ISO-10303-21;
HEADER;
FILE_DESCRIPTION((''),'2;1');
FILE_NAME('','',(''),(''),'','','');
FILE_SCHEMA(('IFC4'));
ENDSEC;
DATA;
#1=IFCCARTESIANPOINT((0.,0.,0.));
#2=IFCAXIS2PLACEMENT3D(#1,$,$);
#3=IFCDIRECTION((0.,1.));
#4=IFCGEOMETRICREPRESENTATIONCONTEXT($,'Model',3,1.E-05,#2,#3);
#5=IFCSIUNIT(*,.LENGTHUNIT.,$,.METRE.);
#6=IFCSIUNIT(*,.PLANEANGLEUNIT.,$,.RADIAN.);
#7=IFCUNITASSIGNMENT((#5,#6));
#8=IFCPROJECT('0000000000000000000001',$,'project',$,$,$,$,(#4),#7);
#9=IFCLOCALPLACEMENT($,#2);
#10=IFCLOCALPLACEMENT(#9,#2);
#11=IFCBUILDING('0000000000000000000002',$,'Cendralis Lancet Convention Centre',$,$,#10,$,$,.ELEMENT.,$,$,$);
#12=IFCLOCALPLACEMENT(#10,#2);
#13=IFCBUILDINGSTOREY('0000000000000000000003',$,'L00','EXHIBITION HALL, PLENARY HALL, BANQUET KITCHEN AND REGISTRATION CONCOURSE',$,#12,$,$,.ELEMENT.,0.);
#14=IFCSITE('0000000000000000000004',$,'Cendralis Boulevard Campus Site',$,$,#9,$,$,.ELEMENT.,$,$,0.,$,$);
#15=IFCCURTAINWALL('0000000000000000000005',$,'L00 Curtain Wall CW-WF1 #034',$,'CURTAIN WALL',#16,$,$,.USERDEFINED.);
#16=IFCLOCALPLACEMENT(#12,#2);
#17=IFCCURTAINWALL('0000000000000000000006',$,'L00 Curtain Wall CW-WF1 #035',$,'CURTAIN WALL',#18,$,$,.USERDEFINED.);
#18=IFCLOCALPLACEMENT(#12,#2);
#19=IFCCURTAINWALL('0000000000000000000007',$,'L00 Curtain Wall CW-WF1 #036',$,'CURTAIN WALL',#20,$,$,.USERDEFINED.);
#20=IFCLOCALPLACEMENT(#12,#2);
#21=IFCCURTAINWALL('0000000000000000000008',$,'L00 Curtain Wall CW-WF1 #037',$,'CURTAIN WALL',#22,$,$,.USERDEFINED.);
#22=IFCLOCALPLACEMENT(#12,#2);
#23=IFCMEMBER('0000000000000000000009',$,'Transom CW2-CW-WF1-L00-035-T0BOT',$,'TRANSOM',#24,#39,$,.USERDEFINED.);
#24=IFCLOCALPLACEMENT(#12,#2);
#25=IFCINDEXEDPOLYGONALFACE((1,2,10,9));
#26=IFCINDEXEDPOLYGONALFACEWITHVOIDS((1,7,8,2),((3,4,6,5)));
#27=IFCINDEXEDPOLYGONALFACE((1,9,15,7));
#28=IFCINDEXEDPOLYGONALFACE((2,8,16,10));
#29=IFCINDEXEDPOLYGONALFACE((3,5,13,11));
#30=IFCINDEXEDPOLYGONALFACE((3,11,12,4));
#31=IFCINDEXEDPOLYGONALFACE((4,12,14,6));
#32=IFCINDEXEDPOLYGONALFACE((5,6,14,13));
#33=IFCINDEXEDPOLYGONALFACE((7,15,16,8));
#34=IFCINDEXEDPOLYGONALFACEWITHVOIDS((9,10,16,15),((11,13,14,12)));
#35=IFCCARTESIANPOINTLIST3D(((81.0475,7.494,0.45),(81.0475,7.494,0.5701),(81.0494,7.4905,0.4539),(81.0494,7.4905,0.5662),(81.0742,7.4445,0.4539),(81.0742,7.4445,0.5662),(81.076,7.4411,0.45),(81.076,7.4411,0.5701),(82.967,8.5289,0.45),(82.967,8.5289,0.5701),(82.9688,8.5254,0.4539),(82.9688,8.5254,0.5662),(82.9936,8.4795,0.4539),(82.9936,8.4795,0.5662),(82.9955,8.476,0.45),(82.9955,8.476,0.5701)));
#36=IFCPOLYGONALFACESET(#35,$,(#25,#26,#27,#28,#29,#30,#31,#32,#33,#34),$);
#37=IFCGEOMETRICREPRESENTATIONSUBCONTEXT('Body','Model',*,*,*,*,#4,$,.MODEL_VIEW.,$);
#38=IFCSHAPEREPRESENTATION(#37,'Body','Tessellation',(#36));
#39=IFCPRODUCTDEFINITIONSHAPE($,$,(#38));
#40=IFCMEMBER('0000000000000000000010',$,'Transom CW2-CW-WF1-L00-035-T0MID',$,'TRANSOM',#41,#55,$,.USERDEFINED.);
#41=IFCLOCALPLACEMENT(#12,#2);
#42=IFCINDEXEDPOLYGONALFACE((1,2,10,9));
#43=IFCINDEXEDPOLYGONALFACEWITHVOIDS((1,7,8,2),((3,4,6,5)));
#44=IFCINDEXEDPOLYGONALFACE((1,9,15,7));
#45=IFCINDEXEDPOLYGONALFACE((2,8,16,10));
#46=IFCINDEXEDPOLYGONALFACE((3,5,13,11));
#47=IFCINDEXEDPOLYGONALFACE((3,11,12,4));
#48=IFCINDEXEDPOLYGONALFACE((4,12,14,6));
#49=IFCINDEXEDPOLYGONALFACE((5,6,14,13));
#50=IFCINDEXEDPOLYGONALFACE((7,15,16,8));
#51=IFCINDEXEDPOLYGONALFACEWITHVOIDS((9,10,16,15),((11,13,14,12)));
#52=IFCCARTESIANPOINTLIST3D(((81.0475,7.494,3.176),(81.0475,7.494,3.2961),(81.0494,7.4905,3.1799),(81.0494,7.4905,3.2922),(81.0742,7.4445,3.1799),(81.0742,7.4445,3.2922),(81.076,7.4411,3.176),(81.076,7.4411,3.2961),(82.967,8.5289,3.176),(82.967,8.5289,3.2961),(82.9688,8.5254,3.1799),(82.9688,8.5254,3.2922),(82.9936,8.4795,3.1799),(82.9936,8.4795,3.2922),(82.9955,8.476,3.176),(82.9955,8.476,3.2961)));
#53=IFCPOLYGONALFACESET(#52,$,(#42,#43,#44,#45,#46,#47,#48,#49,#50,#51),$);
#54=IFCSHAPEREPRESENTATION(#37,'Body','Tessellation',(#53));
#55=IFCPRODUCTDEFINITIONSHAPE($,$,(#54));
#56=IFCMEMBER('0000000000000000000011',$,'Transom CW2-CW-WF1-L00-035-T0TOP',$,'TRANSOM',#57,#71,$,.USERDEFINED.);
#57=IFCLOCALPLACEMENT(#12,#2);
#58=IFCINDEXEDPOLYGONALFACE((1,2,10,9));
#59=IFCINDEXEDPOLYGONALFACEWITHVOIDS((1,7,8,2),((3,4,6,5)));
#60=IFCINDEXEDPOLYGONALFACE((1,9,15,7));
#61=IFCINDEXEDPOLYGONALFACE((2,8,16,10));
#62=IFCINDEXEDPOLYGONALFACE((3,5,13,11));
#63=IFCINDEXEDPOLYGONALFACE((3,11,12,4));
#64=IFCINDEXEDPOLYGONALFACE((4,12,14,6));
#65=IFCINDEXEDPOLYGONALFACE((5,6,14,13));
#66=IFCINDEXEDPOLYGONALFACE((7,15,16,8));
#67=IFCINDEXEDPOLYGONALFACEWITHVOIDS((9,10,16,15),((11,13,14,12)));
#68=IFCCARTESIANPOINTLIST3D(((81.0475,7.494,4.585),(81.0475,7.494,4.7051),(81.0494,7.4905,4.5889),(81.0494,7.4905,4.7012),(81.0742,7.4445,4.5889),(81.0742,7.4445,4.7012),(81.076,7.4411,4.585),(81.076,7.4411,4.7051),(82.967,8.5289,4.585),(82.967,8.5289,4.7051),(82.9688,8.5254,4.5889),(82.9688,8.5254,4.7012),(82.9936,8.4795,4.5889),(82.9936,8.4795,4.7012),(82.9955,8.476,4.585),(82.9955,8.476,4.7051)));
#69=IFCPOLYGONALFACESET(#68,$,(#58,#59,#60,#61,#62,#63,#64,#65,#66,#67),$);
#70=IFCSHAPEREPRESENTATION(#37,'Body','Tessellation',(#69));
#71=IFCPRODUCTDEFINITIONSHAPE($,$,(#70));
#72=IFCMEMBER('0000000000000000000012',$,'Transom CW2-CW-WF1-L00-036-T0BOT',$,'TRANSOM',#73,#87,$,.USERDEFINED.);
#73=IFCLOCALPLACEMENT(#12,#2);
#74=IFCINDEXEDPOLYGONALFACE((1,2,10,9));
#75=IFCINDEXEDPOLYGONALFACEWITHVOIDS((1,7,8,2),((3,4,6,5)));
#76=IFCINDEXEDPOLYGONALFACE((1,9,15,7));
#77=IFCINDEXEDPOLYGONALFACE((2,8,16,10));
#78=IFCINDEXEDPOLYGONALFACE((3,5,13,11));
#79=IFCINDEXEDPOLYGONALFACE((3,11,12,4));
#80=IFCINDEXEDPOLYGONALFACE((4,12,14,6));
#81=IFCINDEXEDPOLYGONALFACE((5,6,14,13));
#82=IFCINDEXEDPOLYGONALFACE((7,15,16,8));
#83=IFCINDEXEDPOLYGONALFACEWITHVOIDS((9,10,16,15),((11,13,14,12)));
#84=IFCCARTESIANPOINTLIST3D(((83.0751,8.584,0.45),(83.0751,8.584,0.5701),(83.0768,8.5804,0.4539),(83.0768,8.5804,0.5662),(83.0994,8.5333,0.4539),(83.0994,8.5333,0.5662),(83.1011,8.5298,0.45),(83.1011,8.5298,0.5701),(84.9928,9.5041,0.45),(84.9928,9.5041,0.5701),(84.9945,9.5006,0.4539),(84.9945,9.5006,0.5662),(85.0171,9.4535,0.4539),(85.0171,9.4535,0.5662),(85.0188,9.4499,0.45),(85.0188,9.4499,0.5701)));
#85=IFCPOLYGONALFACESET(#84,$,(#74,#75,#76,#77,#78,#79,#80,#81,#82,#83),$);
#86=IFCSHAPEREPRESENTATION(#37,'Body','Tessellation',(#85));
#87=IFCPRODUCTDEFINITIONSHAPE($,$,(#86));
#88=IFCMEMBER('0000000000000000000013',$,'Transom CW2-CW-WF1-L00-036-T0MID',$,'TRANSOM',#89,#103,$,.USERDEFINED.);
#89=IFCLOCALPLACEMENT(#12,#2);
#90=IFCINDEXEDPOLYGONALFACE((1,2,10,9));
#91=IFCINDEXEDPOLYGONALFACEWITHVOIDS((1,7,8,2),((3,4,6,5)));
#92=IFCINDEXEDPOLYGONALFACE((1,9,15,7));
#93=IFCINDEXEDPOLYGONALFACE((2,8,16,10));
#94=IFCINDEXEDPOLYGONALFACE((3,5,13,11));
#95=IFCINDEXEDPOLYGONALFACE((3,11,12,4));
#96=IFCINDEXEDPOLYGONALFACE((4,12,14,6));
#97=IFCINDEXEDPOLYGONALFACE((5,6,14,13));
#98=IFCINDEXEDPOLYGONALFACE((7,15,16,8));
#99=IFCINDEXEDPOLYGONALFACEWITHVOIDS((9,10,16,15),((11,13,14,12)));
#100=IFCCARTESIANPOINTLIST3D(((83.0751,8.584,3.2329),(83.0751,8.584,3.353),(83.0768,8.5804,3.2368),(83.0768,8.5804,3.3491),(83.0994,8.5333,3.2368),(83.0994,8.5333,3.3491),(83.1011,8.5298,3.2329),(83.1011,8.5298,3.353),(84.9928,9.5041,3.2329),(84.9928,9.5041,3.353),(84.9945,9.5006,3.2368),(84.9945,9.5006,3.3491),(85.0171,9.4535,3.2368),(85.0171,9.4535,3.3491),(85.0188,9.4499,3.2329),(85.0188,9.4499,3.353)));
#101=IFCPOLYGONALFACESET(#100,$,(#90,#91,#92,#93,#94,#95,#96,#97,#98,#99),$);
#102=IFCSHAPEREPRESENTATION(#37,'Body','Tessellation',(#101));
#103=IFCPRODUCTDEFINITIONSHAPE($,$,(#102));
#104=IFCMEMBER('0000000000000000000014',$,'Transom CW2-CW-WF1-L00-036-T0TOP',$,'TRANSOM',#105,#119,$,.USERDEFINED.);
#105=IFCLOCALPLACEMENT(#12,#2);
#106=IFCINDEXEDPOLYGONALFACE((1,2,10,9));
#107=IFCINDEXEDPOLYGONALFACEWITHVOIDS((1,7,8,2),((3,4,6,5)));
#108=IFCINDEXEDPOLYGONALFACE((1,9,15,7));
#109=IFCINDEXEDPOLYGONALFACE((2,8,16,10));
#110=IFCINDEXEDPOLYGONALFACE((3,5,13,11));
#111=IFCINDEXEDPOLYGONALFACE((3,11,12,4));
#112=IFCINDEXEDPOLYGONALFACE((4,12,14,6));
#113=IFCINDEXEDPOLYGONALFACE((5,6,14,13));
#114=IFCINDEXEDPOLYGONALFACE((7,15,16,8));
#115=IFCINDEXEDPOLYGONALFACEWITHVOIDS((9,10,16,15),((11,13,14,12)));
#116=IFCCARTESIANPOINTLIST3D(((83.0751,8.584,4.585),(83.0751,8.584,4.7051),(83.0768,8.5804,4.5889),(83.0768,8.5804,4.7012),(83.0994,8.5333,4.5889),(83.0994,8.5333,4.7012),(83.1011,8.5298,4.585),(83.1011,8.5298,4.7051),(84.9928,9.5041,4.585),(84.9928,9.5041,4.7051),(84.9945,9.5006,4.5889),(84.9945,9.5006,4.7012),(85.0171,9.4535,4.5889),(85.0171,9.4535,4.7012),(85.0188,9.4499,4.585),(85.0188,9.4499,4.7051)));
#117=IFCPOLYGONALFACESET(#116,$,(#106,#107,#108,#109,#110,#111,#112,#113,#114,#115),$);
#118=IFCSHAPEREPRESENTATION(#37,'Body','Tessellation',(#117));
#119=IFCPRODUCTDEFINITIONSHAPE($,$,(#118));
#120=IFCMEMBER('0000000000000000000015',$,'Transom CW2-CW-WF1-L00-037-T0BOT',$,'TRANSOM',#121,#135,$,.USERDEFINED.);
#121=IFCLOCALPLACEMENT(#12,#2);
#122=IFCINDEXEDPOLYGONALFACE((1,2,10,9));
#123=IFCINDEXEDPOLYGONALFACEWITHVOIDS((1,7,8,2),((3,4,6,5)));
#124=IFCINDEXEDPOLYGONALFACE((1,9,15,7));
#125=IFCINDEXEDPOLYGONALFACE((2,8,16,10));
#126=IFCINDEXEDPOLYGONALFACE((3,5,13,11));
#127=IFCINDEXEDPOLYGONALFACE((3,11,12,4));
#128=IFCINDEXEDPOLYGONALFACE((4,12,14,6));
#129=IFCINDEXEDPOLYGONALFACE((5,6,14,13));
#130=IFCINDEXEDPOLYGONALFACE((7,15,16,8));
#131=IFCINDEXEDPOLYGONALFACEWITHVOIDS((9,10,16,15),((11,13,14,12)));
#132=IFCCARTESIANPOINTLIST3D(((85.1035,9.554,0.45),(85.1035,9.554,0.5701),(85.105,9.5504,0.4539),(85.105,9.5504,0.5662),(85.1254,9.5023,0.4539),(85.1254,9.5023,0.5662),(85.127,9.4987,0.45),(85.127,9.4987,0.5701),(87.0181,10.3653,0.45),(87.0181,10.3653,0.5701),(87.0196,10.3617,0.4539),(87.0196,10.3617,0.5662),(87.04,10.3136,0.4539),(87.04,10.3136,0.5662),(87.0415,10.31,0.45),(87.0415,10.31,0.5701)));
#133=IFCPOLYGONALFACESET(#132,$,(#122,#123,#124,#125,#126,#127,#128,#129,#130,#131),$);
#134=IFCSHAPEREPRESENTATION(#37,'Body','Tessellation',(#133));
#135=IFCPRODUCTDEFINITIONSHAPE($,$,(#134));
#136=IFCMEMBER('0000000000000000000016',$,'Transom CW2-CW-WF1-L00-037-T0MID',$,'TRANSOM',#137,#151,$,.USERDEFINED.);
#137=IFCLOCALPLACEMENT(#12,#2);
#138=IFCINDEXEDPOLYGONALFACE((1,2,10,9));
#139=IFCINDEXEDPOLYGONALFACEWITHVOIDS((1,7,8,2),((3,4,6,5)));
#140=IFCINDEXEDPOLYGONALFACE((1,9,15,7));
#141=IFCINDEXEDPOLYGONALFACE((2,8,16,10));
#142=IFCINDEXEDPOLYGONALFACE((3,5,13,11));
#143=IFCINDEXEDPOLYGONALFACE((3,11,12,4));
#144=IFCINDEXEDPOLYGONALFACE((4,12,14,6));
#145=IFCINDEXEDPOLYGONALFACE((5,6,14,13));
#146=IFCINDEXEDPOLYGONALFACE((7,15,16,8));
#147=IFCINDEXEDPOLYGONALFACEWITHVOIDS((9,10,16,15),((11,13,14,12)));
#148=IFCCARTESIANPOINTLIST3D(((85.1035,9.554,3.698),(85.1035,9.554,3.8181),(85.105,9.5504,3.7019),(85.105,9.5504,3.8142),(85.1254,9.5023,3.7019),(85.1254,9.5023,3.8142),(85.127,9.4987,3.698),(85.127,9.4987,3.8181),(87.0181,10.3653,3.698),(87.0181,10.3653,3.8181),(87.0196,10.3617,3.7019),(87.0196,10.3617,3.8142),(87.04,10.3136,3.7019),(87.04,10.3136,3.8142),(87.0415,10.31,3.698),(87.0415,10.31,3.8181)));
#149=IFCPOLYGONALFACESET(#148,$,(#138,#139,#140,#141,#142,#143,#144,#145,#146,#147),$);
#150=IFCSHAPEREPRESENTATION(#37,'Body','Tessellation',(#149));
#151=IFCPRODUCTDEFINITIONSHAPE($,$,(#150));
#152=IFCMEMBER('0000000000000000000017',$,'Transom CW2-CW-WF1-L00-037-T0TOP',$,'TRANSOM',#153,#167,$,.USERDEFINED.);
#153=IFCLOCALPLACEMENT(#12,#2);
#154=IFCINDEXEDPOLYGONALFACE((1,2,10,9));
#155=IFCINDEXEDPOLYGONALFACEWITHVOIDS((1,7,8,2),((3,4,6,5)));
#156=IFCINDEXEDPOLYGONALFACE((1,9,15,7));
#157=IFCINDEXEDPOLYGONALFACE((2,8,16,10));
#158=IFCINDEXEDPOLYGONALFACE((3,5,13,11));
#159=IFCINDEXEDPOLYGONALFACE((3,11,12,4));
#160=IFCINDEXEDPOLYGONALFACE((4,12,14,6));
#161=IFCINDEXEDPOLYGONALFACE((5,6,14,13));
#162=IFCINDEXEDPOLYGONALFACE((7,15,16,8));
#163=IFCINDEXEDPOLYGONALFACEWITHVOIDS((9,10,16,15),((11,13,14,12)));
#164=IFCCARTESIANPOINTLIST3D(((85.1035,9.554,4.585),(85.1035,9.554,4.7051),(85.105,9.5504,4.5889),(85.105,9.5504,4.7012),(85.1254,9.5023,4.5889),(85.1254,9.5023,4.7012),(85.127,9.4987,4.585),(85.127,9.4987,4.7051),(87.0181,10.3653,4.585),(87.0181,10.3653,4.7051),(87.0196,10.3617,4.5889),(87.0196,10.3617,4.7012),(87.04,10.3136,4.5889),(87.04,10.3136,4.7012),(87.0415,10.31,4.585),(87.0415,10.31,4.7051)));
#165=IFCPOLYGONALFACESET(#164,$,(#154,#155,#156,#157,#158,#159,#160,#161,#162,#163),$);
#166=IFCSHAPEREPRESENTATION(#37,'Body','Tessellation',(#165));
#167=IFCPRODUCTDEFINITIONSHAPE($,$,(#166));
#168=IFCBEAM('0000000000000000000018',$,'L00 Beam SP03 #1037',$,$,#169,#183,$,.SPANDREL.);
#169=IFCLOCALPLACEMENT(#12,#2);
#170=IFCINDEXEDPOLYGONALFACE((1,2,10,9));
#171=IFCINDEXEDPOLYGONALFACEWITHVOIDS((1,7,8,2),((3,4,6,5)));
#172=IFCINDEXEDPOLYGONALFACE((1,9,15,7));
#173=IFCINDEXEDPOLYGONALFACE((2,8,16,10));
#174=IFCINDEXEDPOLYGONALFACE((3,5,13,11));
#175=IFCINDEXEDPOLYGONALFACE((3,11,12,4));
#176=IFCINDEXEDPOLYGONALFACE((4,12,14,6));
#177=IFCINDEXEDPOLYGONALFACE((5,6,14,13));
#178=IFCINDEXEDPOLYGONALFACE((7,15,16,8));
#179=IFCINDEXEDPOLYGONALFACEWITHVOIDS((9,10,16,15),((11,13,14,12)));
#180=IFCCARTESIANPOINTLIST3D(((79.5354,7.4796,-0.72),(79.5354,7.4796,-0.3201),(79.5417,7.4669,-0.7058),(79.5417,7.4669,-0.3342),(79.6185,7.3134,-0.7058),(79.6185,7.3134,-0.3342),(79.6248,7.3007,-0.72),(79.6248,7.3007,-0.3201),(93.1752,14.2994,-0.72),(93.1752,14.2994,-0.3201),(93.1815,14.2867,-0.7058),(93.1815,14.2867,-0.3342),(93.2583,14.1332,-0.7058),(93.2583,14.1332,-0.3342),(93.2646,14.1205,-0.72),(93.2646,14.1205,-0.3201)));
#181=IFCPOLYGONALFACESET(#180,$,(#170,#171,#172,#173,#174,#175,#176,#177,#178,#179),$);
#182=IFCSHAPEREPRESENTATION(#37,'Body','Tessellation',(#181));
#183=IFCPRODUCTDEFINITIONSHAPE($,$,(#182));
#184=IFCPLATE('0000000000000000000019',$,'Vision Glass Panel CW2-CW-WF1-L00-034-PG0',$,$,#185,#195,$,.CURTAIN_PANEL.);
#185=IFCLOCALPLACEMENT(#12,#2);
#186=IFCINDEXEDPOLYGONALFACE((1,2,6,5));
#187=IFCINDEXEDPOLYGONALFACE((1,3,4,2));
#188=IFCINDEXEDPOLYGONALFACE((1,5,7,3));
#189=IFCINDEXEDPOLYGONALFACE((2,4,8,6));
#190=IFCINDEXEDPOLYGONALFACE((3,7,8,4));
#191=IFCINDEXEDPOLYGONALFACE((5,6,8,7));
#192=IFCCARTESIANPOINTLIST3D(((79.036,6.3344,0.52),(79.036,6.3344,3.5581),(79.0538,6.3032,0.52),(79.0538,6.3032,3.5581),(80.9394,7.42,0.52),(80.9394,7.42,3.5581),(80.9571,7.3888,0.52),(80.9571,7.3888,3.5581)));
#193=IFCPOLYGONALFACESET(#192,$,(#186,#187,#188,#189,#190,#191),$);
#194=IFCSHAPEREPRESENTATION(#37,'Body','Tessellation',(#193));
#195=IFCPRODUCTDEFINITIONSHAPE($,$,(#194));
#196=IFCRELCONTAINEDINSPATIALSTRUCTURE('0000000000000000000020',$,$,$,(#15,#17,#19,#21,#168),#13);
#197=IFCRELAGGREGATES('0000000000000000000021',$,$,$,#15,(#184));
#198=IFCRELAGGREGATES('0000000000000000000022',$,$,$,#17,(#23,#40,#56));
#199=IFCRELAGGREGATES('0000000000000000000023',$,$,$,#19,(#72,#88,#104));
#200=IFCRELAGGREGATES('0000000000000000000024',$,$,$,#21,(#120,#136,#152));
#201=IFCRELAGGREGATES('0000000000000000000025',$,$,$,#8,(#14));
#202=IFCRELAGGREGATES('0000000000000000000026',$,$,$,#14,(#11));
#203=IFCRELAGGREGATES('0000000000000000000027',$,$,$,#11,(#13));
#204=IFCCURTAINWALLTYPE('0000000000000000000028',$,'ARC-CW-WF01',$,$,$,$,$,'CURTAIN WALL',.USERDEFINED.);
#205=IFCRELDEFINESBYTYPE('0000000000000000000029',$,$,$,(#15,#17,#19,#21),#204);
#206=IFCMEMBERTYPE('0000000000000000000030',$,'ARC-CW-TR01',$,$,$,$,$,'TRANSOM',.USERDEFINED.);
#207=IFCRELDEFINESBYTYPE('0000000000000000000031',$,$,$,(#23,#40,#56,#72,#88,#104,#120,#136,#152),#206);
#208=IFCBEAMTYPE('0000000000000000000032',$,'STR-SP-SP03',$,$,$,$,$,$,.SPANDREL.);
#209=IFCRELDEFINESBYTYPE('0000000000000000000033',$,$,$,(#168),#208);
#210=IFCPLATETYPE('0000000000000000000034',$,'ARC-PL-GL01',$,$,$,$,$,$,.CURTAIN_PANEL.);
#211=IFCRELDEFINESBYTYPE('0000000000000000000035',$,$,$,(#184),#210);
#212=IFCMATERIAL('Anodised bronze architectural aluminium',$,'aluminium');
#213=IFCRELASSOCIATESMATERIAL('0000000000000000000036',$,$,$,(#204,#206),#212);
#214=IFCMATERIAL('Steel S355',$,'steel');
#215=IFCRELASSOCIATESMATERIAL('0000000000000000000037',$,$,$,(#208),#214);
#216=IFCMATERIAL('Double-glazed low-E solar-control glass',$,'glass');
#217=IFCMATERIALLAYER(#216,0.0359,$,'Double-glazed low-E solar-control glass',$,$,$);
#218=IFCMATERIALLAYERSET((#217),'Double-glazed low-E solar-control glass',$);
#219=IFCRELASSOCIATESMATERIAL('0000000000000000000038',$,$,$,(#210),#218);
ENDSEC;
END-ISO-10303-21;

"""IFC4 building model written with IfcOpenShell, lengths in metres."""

from ifc_helpers import new_model, si_unit, direction, frame, origin, origin_2d, place, context, subcontext, project, spatial, rectangle, hollow_rectangle, extrude, material, layer, layer_set, material_profile, profile_set, type_object, element, aggregate, save


model = new_model("IFC4")

# Units and contexts
model_context = context("Model", 3, precision=1e-05, world=origin(), true_north=direction((0.0, 1.0)))
body_context = subcontext(model_context, "Body", "Model", "MODEL_VIEW")
ifc_project = project(units=[si_unit("LENGTHUNIT", "METRE"), si_unit("PLANEANGLEUNIT", "RADIAN")], contexts=[model_context])

# Site, building, storey
site_placement = place(None, origin())
site = spatial("IfcSite", under=ifc_project, at=site_placement, Name="Cendralis Boulevard Campus Site", CompositionType="ELEMENT", RefElevation=0.0)
building_placement = place(site_placement, origin())
building = spatial("IfcBuilding", under=site, at=building_placement, Name="Cendralis Lancet Convention Centre", CompositionType="ELEMENT")
storey_placement = place(building_placement, origin())
storey = spatial("IfcBuildingStorey", under=building, at=storey_placement, Name="L00", Description="EXHIBITION HALL, PLENARY HALL, BANQUET KITCHEN AND REGISTRATION CONCOURSE", CompositionType="ELEMENT", Elevation=0.0)

# Curtain wall
ifc_material_1 = material(Name="Anodised bronze architectural aluminium", Category="aluminium")
curtain_wall_type = type_object("IfcCurtainWallType", Name="ARC-CW-WF01", ElementType="CURTAIN WALL", PredefinedType="USERDEFINED", material=ifc_material_1)
curtain_wall_1_placement = place(storey_placement, origin())
curtain_wall_1 = element("IfcCurtainWall", 1, at=curtain_wall_1_placement, inside=storey, type_object=curtain_wall_type, Name="L00 Curtain Wall CW-WF1 #034", ObjectType="CURTAIN WALL", PredefinedType="USERDEFINED")

# Curtain walls
curtain_wall_2_placement = place(storey_placement, origin())
curtain_wall_2 = element("IfcCurtainWall", 2, at=curtain_wall_2_placement, inside=storey, type_object=curtain_wall_type, Name="L00 Curtain Wall CW-WF1 #035", ObjectType="CURTAIN WALL", PredefinedType="USERDEFINED")
curtain_wall_3_placement = place(storey_placement, origin())
curtain_wall_3 = element("IfcCurtainWall", 3, at=curtain_wall_3_placement, inside=storey, type_object=curtain_wall_type, Name="L00 Curtain Wall CW-WF1 #036", ObjectType="CURTAIN WALL", PredefinedType="USERDEFINED")

# Curtain wall
curtain_wall_4_placement = place(storey_placement, origin())
curtain_wall_4 = element("IfcCurtainWall", 4, at=curtain_wall_4_placement, inside=storey, type_object=curtain_wall_type, Name="L00 Curtain Wall CW-WF1 #037", ObjectType="CURTAIN WALL", PredefinedType="USERDEFINED")

# Members
ifc_material_profile_1 = material_profile(ifc_material_1, hollow_rectangle(XDim=0.0601, YDim=0.1201, WallThickness=0.0039, at=origin_2d()), Name="AL-TRAN 60x120x4.0")
ifc_profile_set_1 = profile_set([ifc_material_profile_1], Name="Anodised bronze architectural aluminium")
member_type_1 = type_object("IfcMemberType", Name="ARC-CW-TR01", ElementType="TRANSOM", PredefinedType="USERDEFINED", material=ifc_profile_set_1)
member_1_placement = place(storey_placement, frame((81.0618, 7.4675, 0.51), z_axis=(0.880209, 0.474587, 0.0), x_axis=(-0.474587, 0.880209, 0.0)))
member_1 = element("IfcMember", 5, at=member_1_placement, type_object=member_type_1, Name="Transom CW2-CW-WF1-L00-035-T0BOT", ObjectType="TRANSOM", PredefinedType="USERDEFINED", context=body_context, shape_type="SweptSolid", body=[
    extrude(hollow_rectangle(XDim=0.0601, YDim=0.1201, WallThickness=0.0039, at=origin_2d()), origin(), (0.0, 0.0, 1.0), 2.1807),
])
member_2_placement = place(storey_placement, frame((81.0618, 7.4675, 3.2361), z_axis=(0.880209, 0.474587, 0.0), x_axis=(-0.474587, 0.880209, 0.0)))
member_2 = element("IfcMember", 6, at=member_2_placement, type_object=member_type_1, Name="Transom CW2-CW-WF1-L00-035-T0MID", ObjectType="TRANSOM", PredefinedType="USERDEFINED", context=body_context, shape_type="SweptSolid", body=[
    extrude(hollow_rectangle(XDim=0.0601, YDim=0.1201, WallThickness=0.0039, at=origin_2d()), origin(), (0.0, 0.0, 1.0), 2.1807),
])
member_3_placement = place(storey_placement, frame((81.0618, 7.4675, 4.645), z_axis=(0.880209, 0.474587, 0.0), x_axis=(-0.474587, 0.880209, 0.0)))
member_3 = element("IfcMember", 7, at=member_3_placement, type_object=member_type_1, Name="Transom CW2-CW-WF1-L00-035-T0TOP", ObjectType="TRANSOM", PredefinedType="USERDEFINED", context=body_context, shape_type="SweptSolid", body=[
    extrude(hollow_rectangle(XDim=0.0601, YDim=0.1201, WallThickness=0.0039, at=origin_2d()), origin(), (0.0, 0.0, 1.0), 2.1807),
])
member_4_placement = place(storey_placement, frame((83.0881, 8.5569, 0.51), z_axis=(0.901586, 0.4326, 0.0), x_axis=(-0.4326, 0.901586, 0.0)))
member_4 = element("IfcMember", 8, at=member_4_placement, type_object=member_type_1, Name="Transom CW2-CW-WF1-L00-036-T0BOT", ObjectType="TRANSOM", PredefinedType="USERDEFINED", context=body_context, shape_type="SweptSolid", body=[
    extrude(hollow_rectangle(XDim=0.0601, YDim=0.1201, WallThickness=0.0039, at=origin_2d()), origin(), (0.0, 0.0, 1.0), 2.127),
])
member_5_placement = place(storey_placement, frame((83.0881, 8.5569, 3.293), z_axis=(0.901586, 0.4326, 0.0), x_axis=(-0.4326, 0.901586, 0.0)))
member_5 = element("IfcMember", 9, at=member_5_placement, type_object=member_type_1, Name="Transom CW2-CW-WF1-L00-036-T0MID", ObjectType="TRANSOM", PredefinedType="USERDEFINED", context=body_context, shape_type="SweptSolid", body=[
    extrude(hollow_rectangle(XDim=0.0601, YDim=0.1201, WallThickness=0.0039, at=origin_2d()), origin(), (0.0, 0.0, 1.0), 2.127),
])
member_6_placement = place(storey_placement, frame((83.0881, 8.5569, 4.645), z_axis=(0.901586, 0.4326, 0.0), x_axis=(-0.4326, 0.901586, 0.0)))
member_6 = element("IfcMember", 10, at=member_6_placement, type_object=member_type_1, Name="Transom CW2-CW-WF1-L00-036-T0TOP", ObjectType="TRANSOM", PredefinedType="USERDEFINED", context=body_context, shape_type="SweptSolid", body=[
    extrude(hollow_rectangle(XDim=0.0601, YDim=0.1201, WallThickness=0.0039, at=origin_2d()), origin(), (0.0, 0.0, 1.0), 2.127),
])
member_7_placement = place(storey_placement, frame((85.1152, 9.5264, 0.51), z_axis=(0.920747, 0.390161, 0.0), x_axis=(-0.390161, 0.920747, 0.0)))
member_7 = element("IfcMember", 11, at=member_7_placement, type_object=member_type_1, Name="Transom CW2-CW-WF1-L00-037-T0BOT", ObjectType="TRANSOM", PredefinedType="USERDEFINED", context=body_context, shape_type="SweptSolid", body=[
    extrude(hollow_rectangle(XDim=0.0601, YDim=0.1201, WallThickness=0.0039, at=origin_2d()), origin(), (0.0, 0.0, 1.0), 2.0793),
])
member_8_placement = place(storey_placement, frame((85.1152, 9.5264, 3.7581), z_axis=(0.920747, 0.390161, 0.0), x_axis=(-0.390161, 0.920747, 0.0)))
member_8 = element("IfcMember", 12, at=member_8_placement, type_object=member_type_1, Name="Transom CW2-CW-WF1-L00-037-T0MID", ObjectType="TRANSOM", PredefinedType="USERDEFINED", context=body_context, shape_type="SweptSolid", body=[
    extrude(hollow_rectangle(XDim=0.0601, YDim=0.1201, WallThickness=0.0039, at=origin_2d()), origin(), (0.0, 0.0, 1.0), 2.0793),
])
member_9_placement = place(storey_placement, frame((85.1152, 9.5264, 4.645), z_axis=(0.920747, 0.390161, 0.0), x_axis=(-0.390161, 0.920747, 0.0)))
member_9 = element("IfcMember", 13, at=member_9_placement, type_object=member_type_1, Name="Transom CW2-CW-WF1-L00-037-T0TOP", ObjectType="TRANSOM", PredefinedType="USERDEFINED", context=body_context, shape_type="SweptSolid", body=[
    extrude(hollow_rectangle(XDim=0.0601, YDim=0.1201, WallThickness=0.0039, at=origin_2d()), origin(), (0.0, 0.0, 1.0), 2.0793),
])

# Beam
ifc_material_2 = material(Name="Steel S355", Category="steel")
ifc_material_profile_2 = material_profile(ifc_material_2, hollow_rectangle(XDim=0.2, YDim=0.3999, WallThickness=0.0142, at=origin_2d()), Name="RHS 400x200x14.2")
ifc_profile_set_2 = profile_set([ifc_material_profile_2], Name="Steel S355")
beam_type = type_object("IfcBeamType", Name="STR-SP-SP03", PredefinedType="SPANDREL", material=ifc_profile_set_2)
beam_placement = place(storey_placement, frame((79.5801, 7.3901, -0.52), z_axis=(0.89443, 0.447207, 0.0), x_axis=(-0.447207, 0.89443, 0.0)))
element("IfcBeam", 14, at=beam_placement, inside=storey, type_object=beam_type, Name="L00 Beam SP03 #1037", PredefinedType="SPANDREL", context=body_context, shape_type="SweptSolid", body=[
    extrude(hollow_rectangle(XDim=0.2, YDim=0.3999, WallThickness=0.0142, at=origin_2d()), origin(), (0.0, 0.0, 1.0), 15.2498),
])

# Plate
ifc_material_3 = material(Name="Double-glazed low-E solar-control glass", Category="glass")
ifc_layer_1 = layer(ifc_material_3, 0.0359, Name="Double-glazed low-E solar-control glass")
ifc_layer_set_1 = layer_set([ifc_layer_1], Name="Double-glazed low-E solar-control glass")
plate_type_1 = type_object("IfcPlateType", Name="ARC-PL-GL01", PredefinedType="CURTAIN_PANEL", material=ifc_layer_set_1)
plate_1_placement = place(storey_placement, frame((79.9966, 6.8616, 0.52), z_axis=(0.0, 0.0, 1.0), x_axis=(0.868639, 0.495446, 0.0)))
plate_1 = element("IfcPlate", 15, at=plate_1_placement, type_object=plate_type_1, Name="Vision Glass Panel CW2-CW-WF1-L00-034-PG0", PredefinedType="CURTAIN_PANEL", context=body_context, shape_type="SweptSolid", body=[
    extrude(rectangle(XDim=2.1912, YDim=0.0359, at=origin_2d()), origin(), (0.0, 0.0, 1.0), 3.0381),
])
aggregate(curtain_wall_1, [plate_1])
aggregate(curtain_wall_2, [member_1, member_2, member_3])
aggregate(curtain_wall_3, [member_4, member_5, member_6])
aggregate(curtain_wall_4, [member_7, member_8, member_9])

save(model, "model.ifc")
